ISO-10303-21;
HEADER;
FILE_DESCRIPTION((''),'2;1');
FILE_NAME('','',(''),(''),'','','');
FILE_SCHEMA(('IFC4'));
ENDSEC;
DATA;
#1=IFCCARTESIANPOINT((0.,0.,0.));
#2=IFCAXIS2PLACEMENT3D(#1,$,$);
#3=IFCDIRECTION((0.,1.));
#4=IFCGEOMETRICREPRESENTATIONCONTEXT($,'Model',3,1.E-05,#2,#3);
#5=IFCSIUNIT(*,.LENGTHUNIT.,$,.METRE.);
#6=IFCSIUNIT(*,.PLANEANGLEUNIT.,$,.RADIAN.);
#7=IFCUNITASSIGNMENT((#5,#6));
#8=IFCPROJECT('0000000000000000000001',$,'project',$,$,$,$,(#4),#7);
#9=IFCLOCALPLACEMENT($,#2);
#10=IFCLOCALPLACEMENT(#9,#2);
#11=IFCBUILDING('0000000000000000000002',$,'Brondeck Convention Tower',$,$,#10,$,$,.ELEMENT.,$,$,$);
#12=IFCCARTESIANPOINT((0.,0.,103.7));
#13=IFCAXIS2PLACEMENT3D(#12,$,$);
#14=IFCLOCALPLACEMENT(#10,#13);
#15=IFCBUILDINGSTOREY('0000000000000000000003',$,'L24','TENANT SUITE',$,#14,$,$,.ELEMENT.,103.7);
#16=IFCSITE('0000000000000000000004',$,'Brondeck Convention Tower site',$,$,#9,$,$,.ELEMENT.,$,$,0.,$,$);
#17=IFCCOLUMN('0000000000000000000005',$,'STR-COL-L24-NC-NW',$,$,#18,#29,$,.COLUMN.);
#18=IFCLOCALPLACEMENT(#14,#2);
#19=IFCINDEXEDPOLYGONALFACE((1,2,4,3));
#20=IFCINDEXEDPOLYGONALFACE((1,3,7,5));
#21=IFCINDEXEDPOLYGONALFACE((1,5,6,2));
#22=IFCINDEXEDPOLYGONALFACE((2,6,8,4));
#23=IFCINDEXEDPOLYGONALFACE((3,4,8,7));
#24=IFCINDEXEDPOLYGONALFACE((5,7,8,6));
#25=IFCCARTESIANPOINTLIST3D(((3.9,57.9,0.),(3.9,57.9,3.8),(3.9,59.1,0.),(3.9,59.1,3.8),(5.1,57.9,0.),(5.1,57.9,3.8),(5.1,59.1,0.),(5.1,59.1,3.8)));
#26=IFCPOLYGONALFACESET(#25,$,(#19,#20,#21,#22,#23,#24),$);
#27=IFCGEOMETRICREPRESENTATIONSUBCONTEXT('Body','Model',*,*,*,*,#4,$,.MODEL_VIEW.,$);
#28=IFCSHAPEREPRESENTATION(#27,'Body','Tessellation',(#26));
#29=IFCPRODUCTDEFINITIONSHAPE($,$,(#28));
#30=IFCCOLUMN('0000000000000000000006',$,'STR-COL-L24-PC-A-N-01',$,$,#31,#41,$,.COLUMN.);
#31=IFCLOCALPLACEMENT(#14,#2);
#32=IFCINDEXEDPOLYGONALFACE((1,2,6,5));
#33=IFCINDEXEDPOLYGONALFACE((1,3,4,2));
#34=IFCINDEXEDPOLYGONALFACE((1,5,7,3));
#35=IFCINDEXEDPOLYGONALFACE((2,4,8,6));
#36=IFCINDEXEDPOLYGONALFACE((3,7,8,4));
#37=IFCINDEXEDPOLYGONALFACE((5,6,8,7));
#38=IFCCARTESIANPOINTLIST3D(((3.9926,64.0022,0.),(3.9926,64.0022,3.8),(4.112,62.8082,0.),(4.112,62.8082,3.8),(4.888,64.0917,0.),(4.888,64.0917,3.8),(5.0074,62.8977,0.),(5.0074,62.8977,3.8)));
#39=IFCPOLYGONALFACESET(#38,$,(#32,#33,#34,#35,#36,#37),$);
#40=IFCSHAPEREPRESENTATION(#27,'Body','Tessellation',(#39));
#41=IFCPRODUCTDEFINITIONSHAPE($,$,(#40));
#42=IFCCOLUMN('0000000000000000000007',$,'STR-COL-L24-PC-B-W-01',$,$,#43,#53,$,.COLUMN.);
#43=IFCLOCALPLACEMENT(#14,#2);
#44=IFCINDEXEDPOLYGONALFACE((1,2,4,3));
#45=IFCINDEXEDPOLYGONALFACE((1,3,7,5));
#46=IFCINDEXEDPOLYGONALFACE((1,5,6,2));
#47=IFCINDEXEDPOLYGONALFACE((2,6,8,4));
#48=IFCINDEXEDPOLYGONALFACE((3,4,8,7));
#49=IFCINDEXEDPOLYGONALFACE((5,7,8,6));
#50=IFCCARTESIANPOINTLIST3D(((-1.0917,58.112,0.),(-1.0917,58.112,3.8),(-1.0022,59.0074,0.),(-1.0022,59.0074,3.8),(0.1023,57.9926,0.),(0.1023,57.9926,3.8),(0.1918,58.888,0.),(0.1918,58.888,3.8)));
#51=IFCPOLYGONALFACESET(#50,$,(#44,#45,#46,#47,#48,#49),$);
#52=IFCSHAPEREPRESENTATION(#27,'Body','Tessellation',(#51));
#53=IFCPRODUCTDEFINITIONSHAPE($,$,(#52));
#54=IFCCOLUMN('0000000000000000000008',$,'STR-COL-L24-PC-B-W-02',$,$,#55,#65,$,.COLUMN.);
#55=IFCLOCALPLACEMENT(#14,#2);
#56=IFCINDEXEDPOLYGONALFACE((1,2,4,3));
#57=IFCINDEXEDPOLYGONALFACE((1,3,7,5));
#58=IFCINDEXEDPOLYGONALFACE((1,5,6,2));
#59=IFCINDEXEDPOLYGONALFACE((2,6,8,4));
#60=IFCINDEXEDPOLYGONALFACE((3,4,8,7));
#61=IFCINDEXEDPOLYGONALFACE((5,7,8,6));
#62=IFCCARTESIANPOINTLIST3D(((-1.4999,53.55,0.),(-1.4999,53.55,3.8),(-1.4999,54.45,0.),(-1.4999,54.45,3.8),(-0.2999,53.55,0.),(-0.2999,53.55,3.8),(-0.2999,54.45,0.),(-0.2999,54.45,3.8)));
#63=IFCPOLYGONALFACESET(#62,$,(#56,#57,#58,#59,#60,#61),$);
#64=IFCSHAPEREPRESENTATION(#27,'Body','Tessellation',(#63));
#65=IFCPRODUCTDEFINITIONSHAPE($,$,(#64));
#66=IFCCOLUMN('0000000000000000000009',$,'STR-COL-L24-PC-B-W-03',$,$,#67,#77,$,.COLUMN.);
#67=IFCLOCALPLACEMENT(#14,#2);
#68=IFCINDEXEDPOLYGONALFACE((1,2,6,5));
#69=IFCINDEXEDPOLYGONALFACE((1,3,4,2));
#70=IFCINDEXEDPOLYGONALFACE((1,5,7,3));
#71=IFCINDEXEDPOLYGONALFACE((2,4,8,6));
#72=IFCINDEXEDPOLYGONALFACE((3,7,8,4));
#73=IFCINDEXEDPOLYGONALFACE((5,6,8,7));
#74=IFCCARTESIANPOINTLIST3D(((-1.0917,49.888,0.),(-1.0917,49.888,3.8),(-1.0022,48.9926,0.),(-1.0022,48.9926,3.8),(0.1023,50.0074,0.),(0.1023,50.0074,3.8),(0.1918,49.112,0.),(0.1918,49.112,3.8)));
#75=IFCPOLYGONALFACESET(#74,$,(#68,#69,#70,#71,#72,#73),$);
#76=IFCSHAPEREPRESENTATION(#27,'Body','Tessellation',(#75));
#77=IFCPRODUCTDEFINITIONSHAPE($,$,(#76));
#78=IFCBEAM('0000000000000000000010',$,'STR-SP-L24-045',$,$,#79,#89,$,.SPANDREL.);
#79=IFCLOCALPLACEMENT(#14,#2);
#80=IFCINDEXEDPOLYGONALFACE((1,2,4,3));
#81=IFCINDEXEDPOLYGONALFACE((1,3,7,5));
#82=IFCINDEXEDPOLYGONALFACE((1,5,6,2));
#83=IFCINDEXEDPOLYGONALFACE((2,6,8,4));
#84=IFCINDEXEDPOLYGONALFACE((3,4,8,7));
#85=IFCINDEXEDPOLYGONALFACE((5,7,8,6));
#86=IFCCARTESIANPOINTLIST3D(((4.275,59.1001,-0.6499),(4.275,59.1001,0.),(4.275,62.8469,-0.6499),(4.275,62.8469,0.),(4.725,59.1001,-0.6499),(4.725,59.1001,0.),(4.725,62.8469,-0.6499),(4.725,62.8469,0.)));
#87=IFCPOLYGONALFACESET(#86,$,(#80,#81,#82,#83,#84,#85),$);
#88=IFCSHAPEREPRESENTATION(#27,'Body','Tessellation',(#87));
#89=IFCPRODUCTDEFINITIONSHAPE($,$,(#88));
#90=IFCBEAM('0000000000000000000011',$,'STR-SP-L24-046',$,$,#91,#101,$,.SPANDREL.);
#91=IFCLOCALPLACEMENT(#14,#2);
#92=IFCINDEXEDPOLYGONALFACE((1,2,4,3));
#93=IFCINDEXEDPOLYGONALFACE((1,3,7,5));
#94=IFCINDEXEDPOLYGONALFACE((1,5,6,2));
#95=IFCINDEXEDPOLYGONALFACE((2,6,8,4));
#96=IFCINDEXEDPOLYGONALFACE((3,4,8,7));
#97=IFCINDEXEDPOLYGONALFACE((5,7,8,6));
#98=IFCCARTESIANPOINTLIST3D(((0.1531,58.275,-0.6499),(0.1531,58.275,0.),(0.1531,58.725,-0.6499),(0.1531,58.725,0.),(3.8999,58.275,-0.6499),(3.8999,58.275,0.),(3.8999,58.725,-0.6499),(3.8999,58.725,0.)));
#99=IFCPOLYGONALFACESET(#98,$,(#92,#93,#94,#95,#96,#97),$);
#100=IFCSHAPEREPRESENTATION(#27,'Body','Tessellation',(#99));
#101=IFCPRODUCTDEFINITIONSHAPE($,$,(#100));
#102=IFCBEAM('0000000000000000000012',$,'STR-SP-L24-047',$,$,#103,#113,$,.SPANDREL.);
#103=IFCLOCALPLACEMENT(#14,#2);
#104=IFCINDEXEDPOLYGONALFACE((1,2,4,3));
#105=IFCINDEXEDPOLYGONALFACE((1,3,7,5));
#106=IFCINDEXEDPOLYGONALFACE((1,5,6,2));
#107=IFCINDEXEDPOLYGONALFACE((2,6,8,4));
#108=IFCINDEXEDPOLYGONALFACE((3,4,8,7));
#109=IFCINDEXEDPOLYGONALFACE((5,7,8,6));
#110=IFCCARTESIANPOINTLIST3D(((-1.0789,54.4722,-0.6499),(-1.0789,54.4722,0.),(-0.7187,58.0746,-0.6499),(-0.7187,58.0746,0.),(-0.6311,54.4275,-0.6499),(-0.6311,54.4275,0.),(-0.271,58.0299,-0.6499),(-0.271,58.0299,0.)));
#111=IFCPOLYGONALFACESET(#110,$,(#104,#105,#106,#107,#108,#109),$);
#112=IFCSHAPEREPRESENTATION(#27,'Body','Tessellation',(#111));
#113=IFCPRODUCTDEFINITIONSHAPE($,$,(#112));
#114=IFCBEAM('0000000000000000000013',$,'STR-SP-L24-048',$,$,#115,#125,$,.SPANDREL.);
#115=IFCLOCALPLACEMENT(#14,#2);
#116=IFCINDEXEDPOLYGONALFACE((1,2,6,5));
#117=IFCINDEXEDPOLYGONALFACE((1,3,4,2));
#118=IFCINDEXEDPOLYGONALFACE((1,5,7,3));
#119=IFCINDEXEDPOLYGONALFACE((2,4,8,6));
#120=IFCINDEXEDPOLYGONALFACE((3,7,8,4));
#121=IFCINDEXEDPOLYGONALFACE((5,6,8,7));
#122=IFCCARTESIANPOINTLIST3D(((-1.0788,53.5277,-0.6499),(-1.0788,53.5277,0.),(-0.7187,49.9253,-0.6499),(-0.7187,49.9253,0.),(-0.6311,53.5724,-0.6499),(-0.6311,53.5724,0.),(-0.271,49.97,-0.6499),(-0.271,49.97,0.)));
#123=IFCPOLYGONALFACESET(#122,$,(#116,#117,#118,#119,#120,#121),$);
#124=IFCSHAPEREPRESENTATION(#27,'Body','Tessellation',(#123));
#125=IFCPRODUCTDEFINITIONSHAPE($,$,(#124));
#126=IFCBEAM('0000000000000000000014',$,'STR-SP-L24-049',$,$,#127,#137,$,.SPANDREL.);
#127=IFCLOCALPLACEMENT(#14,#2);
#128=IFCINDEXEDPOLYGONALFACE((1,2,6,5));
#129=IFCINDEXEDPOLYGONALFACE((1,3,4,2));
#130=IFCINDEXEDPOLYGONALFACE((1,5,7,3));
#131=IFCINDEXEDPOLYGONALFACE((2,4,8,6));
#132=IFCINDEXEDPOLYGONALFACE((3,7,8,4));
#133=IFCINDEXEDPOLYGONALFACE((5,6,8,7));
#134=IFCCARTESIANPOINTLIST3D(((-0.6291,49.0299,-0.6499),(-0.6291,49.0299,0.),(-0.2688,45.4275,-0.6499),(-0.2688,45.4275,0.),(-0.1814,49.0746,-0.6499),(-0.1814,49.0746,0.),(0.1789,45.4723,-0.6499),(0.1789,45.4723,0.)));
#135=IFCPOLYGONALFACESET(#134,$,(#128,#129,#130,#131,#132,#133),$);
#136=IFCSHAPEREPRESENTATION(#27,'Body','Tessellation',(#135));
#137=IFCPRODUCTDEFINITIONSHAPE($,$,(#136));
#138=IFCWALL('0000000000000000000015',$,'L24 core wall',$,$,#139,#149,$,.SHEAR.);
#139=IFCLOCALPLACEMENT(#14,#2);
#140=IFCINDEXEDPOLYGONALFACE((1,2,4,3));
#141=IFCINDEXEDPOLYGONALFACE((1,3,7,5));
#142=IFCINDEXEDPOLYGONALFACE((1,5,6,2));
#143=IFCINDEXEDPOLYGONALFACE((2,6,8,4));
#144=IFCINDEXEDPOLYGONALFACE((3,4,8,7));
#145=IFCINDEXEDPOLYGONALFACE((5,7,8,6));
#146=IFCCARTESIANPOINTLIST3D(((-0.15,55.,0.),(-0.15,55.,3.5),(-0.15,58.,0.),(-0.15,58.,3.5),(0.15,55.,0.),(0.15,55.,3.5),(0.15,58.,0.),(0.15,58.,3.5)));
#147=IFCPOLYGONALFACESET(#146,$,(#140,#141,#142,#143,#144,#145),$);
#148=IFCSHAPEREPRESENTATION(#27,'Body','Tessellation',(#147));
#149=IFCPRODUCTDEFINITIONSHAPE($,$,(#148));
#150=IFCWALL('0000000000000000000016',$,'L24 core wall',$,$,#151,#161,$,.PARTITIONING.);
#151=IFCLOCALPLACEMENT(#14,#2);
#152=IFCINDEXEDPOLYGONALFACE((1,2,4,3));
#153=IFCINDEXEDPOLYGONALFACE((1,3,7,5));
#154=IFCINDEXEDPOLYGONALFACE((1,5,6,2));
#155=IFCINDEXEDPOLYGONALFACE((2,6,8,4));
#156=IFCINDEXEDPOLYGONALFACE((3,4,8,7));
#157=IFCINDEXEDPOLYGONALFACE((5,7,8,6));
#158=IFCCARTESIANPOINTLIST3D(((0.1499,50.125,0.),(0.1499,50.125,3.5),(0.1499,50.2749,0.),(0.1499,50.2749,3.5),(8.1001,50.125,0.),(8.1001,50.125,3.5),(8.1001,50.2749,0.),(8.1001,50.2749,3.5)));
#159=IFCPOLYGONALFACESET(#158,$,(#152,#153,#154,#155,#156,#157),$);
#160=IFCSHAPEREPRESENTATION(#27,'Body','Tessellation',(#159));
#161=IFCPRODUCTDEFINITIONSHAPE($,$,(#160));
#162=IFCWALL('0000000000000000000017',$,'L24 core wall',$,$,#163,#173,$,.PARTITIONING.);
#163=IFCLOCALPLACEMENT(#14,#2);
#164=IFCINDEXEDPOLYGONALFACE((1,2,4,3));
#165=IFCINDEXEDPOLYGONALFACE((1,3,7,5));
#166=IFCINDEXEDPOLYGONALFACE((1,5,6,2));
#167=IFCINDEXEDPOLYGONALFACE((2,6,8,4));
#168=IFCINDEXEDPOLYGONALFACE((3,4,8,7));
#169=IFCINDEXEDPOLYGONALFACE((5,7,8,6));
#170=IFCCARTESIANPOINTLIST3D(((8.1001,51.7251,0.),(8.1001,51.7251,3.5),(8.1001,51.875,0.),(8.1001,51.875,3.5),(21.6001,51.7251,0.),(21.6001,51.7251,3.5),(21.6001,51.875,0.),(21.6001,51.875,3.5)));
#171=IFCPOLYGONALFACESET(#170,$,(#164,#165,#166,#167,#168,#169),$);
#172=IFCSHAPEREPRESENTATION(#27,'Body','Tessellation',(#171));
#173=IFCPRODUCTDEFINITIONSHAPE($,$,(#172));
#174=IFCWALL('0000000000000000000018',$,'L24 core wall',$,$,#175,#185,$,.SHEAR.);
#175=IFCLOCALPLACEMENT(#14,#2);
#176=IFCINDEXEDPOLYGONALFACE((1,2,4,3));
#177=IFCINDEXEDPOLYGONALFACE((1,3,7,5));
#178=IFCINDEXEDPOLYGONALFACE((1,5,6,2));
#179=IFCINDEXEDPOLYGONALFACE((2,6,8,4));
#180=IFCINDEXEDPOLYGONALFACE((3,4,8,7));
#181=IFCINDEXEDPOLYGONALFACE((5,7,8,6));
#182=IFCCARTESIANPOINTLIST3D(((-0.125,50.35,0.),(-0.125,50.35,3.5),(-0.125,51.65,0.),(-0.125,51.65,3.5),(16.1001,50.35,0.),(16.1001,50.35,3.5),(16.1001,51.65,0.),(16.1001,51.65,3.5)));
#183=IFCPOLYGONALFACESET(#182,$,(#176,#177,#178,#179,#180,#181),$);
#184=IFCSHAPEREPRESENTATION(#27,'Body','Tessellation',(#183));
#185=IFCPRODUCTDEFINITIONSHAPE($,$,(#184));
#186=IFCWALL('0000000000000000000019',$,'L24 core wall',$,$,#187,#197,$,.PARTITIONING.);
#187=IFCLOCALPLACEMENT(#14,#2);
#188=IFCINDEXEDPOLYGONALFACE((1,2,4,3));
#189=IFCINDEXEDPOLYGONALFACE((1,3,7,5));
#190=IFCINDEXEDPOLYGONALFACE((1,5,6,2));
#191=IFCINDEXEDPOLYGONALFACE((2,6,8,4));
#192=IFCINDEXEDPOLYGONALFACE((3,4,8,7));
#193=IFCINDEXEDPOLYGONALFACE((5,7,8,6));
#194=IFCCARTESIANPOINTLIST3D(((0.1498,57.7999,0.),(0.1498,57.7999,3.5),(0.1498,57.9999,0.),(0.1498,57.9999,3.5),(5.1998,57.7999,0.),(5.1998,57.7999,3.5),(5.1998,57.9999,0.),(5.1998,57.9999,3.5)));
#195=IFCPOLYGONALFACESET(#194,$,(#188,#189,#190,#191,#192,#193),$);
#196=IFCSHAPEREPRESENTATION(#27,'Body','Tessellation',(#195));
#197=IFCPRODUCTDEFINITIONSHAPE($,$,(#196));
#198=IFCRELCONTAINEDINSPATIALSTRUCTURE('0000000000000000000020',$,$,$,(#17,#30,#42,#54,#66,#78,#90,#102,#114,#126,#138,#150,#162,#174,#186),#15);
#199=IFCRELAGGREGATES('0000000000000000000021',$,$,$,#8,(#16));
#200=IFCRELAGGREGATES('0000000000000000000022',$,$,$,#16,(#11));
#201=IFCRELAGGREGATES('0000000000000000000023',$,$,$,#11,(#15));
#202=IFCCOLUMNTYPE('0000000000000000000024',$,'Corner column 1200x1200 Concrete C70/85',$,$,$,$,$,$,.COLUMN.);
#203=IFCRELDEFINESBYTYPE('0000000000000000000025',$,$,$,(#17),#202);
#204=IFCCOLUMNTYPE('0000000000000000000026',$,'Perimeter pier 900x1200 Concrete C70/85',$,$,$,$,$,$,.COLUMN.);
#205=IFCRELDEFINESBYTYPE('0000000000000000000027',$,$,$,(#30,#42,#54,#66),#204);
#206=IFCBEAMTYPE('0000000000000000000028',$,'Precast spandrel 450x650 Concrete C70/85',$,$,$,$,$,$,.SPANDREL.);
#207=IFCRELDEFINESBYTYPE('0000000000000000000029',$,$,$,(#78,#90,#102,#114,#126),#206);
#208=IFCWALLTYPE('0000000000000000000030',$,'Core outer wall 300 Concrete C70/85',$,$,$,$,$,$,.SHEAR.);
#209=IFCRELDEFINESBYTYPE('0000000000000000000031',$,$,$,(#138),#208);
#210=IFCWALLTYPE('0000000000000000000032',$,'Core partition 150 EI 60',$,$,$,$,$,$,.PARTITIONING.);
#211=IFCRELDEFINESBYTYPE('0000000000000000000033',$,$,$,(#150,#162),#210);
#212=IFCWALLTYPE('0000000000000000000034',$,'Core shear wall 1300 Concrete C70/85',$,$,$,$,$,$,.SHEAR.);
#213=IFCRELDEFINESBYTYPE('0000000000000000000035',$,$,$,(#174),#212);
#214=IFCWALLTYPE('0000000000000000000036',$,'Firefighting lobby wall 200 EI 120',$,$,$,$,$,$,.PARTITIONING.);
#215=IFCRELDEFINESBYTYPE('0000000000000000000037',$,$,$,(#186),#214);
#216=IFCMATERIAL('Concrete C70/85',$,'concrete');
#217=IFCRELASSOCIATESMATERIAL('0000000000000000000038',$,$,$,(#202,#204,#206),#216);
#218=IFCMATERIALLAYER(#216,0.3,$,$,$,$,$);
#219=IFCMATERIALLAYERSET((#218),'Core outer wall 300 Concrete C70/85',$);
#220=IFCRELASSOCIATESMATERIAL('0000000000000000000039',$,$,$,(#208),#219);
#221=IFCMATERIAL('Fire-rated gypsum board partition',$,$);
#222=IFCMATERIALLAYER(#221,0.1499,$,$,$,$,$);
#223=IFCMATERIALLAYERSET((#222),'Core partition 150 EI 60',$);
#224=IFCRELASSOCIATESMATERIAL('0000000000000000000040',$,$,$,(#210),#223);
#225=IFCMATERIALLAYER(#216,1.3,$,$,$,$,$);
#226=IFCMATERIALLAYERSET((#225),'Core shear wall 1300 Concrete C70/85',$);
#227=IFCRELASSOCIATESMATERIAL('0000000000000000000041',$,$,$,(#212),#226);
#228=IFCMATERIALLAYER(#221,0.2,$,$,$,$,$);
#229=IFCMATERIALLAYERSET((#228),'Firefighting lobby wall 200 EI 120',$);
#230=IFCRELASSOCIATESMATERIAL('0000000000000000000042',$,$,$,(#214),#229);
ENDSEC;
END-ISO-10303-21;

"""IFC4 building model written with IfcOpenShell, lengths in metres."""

from ifc_helpers import new_model, si_unit, direction, frame, frame_2d, origin, origin_2d, place, context, subcontext, project, spatial, rectangle, extrude, material, layer, layer_set, material_profile, profile_set, type_object, element, save


model = new_model("IFC4")

# Units and contexts
model_context = context("Model", 3, precision=1e-05, world=origin(), true_north=direction((0.0, 1.0)))
body_context = subcontext(model_context, "Body", "Model", "MODEL_VIEW")
ifc_project = project(units=[si_unit("LENGTHUNIT", "METRE"), si_unit("PLANEANGLEUNIT", "RADIAN")], contexts=[model_context])

# Site, building, storey
site_placement = place(None, origin())
site = spatial("IfcSite", under=ifc_project, at=site_placement, Name="Brondeck Convention Tower site", CompositionType="ELEMENT", RefElevation=0.0)
building_placement = place(site_placement, origin())
building = spatial("IfcBuilding", under=site, at=building_placement, Name="Brondeck Convention Tower", CompositionType="ELEMENT")
storey_placement = place(building_placement, frame((0.0, 0.0, 103.7)))
storey = spatial("IfcBuildingStorey", under=building, at=storey_placement, Name="L24", Description="TENANT SUITE", CompositionType="ELEMENT", Elevation=103.7)

# Columns
ifc_material_1 = material(Name="Concrete C70/85", Category="concrete")
ifc_material_profile_1 = material_profile(ifc_material_1, rectangle(XDim=1.2, YDim=1.2, at=origin_2d()), Name="Corner column 1200x1200 Concrete C70/85")
ifc_profile_set_1 = profile_set([ifc_material_profile_1], Name="Concrete C70/85")
column_type_1 = type_object("IfcColumnType", Name="Corner column 1200x1200 Concrete C70/85", PredefinedType="COLUMN", material=ifc_profile_set_1)
column_placement = place(storey_placement, frame((4.5, 58.5, 0.0), z_axis=(0.0, 0.0, 1.0), x_axis=(1.0, 0.0, 0.0)))
element("IfcColumn", 1, at=column_placement, inside=storey, type_object=column_type_1, Name="STR-COL-L24-NC-NW", PredefinedType="COLUMN", context=body_context, shape_type="SweptSolid", body=[
    extrude(rectangle(XDim=1.2, YDim=1.2, at=origin_2d()), origin(), (0.0, 0.0, 1.0), 3.8),
])
ifc_material_profile_2 = material_profile(ifc_material_1, rectangle(XDim=0.8999, YDim=1.2, at=origin_2d()), Name="Perimeter pier 900x1200 Concrete C70/85")
ifc_profile_set_2 = profile_set([ifc_material_profile_2], Name="Concrete C70/85")
column_type_2 = type_object("IfcColumnType", Name="Perimeter pier 900x1200 Concrete C70/85", PredefinedType="COLUMN", material=ifc_profile_set_2)
for number, where, z_axis, x_axis, name in (
    (2, (4.5, 63.45, 0.0), (0.0, 0.0, 1.0), (-0.995037, -0.099504, 0.0), "STR-COL-L24-PC-A-N-01"),
    (3, (-0.45, 58.5, 0.0), (0.0, 0.0, 1.0), (-0.099504, -0.995037, 0.0), "STR-COL-L24-PC-B-W-01"),
    (4, (-0.8999, 54.0, 0.0), (0.0, 0.0, 1.0), (0.0, -1.0, 0.0), "STR-COL-L24-PC-B-W-02"),
    (5, (-0.45, 49.5, 0.0), (0.0, 0.0, 1.0), (0.099504, -0.995037, 0.0), "STR-COL-L24-PC-B-W-03"),
):
    element("IfcColumn", number, at=place(storey_placement, frame(where, z_axis=z_axis, x_axis=x_axis)), inside=storey, type_object=column_type_2, Name=name, PredefinedType="COLUMN", context=body_context, shape_type="SweptSolid", body=[
        extrude(rectangle(XDim=0.8999, YDim=1.2, at=origin_2d()), origin(), (0.0, 0.0, 1.0), 3.8),
    ])

# Beams
ifc_material_profile_3 = material_profile(ifc_material_1, rectangle(XDim=0.45, YDim=0.6499, at=origin_2d()), Name="Precast spandrel 450x650 Concrete C70/85")
ifc_profile_set_3 = profile_set([ifc_material_profile_3], Name="Concrete C70/85")
beam_type = type_object("IfcBeamType", Name="Precast spandrel 450x650 Concrete C70/85", PredefinedType="SPANDREL", material=ifc_profile_set_3)
for number, where, z_axis, x_axis, name in (
    (6, (4.5, 62.8469, -0.325), (0.0, -1.0, 0.0), (1.0, 0.0, 0.0), "STR-SP-L24-045"),
    (7, (3.8999, 58.5, -0.325), (-1.0, 0.0, 0.0), (0.0, -1.0, 0.0), "STR-SP-L24-046"),
):
    element("IfcBeam", number, at=place(storey_placement, frame(where, z_axis=z_axis, x_axis=x_axis)), inside=storey, type_object=beam_type, Name=name, PredefinedType="SPANDREL", context=body_context, shape_type="SweptSolid", body=[
        extrude(rectangle(XDim=0.45, YDim=0.6499, at=origin_2d()), origin(), (0.0, 0.0, 1.0), 3.7468),
    ])
for number, where, z_axis, x_axis, name in (
    (8, (-0.4949, 58.0522, -0.325), (-0.09947, -0.995041, 0.0), (0.995041, -0.09947, 0.0), "STR-SP-L24-047"),
    (9, (-0.855, 53.55, -0.325), (0.09947, -0.995041, 0.0), (0.995041, 0.09947, 0.0), "STR-SP-L24-048"),
    (10, (-0.4053, 49.0522, -0.325), (0.099537, -0.995034, 0.0), (0.995034, 0.099537, 0.0), "STR-SP-L24-049"),
):
    element("IfcBeam", number, at=place(storey_placement, frame(where, z_axis=z_axis, x_axis=x_axis)), inside=storey, type_object=beam_type, Name=name, PredefinedType="SPANDREL", context=body_context, shape_type="SweptSolid", body=[
        extrude(rectangle(XDim=0.45, YDim=0.6499, at=origin_2d()), origin(), (0.0, 0.0, 1.0), 3.6204),
    ])

# Walls
ifc_layer_1 = layer(ifc_material_1, 0.3)
ifc_layer_set_1 = layer_set([ifc_layer_1], Name="Core outer wall 300 Concrete C70/85")
wall_type_1 = type_object("IfcWallType", Name="Core outer wall 300 Concrete C70/85", PredefinedType="SHEAR", material=ifc_layer_set_1)
wall_1_placement = place(storey_placement, frame((0.0, 55.0, 0.0), z_axis=(0.0, 0.0, 1.0), x_axis=(0.0, 1.0, 0.0)))
element("IfcWall", 11, at=wall_1_placement, inside=storey, type_object=wall_type_1, Name="L24 core wall", PredefinedType="SHEAR", context=body_context, shape_type="SweptSolid", body=[
    extrude(rectangle(XDim=3.0, YDim=0.3, at=frame_2d((1.5, 0.0))), origin(), (0.0, 0.0, 1.0), 3.5),
])
ifc_material_2 = material(Name="Fire-rated gypsum board partition")
ifc_layer_2 = layer(ifc_material_2, 0.1499)
ifc_layer_set_2 = layer_set([ifc_layer_2], Name="Core partition 150 EI 60")
wall_type_2 = type_object("IfcWallType", Name="Core partition 150 EI 60", PredefinedType="PARTITIONING", material=ifc_layer_set_2)
wall_2_placement = place(storey_placement, frame((0.1499, 50.2, 0.0), z_axis=(0.0, 0.0, 1.0), x_axis=(1.0, 0.0, 0.0)))
element("IfcWall", 12, at=wall_2_placement, inside=storey, type_object=wall_type_2, Name="L24 core wall", PredefinedType="PARTITIONING", context=body_context, shape_type="SweptSolid", body=[
    extrude(rectangle(XDim=7.9502, YDim=0.1499, at=frame_2d((3.9751, 0.0))), origin(), (0.0, 0.0, 1.0), 3.5),
])
wall_3_placement = place(storey_placement, frame((8.1001, 51.8, 0.0), z_axis=(0.0, 0.0, 1.0), x_axis=(1.0, 0.0, 0.0)))
element("IfcWall", 13, at=wall_3_placement, inside=storey, type_object=wall_type_2, Name="L24 core wall", PredefinedType="PARTITIONING", context=body_context, shape_type="SweptSolid", body=[
    extrude(rectangle(XDim=13.5, YDim=0.1499, at=frame_2d((6.75, 0.0))), origin(), (0.0, 0.0, 1.0), 3.5),
])
ifc_layer_3 = layer(ifc_material_1, 1.3)
ifc_layer_set_3 = layer_set([ifc_layer_3], Name="Core shear wall 1300 Concrete C70/85")
wall_type_3 = type_object("IfcWallType", Name="Core shear wall 1300 Concrete C70/85", PredefinedType="SHEAR", material=ifc_layer_set_3)
wall_4_placement = place(storey_placement, frame((-0.125, 51.0, 0.0), z_axis=(0.0, 0.0, 1.0), x_axis=(1.0, 0.0, 0.0)))
element("IfcWall", 14, at=wall_4_placement, inside=storey, type_object=wall_type_3, Name="L24 core wall", PredefinedType="SHEAR", context=body_context, shape_type="SweptSolid", body=[
    extrude(rectangle(XDim=16.2251, YDim=1.3, at=frame_2d((8.1125, 0.0))), origin(), (0.0, 0.0, 1.0), 3.5),
])
ifc_layer_4 = layer(ifc_material_2, 0.2)
ifc_layer_set_4 = layer_set([ifc_layer_4], Name="Firefighting lobby wall 200 EI 120")
wall_type_4 = type_object("IfcWallType", Name="Firefighting lobby wall 200 EI 120", PredefinedType="PARTITIONING", material=ifc_layer_set_4)
wall_5_placement = place(storey_placement, frame((0.1499, 57.8999, 0.0), z_axis=(0.0, 0.0, 1.0), x_axis=(1.0, 0.0, 0.0)))
element("IfcWall", 15, at=wall_5_placement, inside=storey, type_object=wall_type_4, Name="L24 core wall", PredefinedType="PARTITIONING", context=body_context, shape_type="SweptSolid", body=[
    extrude(rectangle(XDim=5.05, YDim=0.2, at=frame_2d((2.5249, 0.0))), origin(), (0.0, 0.0, 1.0), 3.5),
])

save(model, "model.ifc")
